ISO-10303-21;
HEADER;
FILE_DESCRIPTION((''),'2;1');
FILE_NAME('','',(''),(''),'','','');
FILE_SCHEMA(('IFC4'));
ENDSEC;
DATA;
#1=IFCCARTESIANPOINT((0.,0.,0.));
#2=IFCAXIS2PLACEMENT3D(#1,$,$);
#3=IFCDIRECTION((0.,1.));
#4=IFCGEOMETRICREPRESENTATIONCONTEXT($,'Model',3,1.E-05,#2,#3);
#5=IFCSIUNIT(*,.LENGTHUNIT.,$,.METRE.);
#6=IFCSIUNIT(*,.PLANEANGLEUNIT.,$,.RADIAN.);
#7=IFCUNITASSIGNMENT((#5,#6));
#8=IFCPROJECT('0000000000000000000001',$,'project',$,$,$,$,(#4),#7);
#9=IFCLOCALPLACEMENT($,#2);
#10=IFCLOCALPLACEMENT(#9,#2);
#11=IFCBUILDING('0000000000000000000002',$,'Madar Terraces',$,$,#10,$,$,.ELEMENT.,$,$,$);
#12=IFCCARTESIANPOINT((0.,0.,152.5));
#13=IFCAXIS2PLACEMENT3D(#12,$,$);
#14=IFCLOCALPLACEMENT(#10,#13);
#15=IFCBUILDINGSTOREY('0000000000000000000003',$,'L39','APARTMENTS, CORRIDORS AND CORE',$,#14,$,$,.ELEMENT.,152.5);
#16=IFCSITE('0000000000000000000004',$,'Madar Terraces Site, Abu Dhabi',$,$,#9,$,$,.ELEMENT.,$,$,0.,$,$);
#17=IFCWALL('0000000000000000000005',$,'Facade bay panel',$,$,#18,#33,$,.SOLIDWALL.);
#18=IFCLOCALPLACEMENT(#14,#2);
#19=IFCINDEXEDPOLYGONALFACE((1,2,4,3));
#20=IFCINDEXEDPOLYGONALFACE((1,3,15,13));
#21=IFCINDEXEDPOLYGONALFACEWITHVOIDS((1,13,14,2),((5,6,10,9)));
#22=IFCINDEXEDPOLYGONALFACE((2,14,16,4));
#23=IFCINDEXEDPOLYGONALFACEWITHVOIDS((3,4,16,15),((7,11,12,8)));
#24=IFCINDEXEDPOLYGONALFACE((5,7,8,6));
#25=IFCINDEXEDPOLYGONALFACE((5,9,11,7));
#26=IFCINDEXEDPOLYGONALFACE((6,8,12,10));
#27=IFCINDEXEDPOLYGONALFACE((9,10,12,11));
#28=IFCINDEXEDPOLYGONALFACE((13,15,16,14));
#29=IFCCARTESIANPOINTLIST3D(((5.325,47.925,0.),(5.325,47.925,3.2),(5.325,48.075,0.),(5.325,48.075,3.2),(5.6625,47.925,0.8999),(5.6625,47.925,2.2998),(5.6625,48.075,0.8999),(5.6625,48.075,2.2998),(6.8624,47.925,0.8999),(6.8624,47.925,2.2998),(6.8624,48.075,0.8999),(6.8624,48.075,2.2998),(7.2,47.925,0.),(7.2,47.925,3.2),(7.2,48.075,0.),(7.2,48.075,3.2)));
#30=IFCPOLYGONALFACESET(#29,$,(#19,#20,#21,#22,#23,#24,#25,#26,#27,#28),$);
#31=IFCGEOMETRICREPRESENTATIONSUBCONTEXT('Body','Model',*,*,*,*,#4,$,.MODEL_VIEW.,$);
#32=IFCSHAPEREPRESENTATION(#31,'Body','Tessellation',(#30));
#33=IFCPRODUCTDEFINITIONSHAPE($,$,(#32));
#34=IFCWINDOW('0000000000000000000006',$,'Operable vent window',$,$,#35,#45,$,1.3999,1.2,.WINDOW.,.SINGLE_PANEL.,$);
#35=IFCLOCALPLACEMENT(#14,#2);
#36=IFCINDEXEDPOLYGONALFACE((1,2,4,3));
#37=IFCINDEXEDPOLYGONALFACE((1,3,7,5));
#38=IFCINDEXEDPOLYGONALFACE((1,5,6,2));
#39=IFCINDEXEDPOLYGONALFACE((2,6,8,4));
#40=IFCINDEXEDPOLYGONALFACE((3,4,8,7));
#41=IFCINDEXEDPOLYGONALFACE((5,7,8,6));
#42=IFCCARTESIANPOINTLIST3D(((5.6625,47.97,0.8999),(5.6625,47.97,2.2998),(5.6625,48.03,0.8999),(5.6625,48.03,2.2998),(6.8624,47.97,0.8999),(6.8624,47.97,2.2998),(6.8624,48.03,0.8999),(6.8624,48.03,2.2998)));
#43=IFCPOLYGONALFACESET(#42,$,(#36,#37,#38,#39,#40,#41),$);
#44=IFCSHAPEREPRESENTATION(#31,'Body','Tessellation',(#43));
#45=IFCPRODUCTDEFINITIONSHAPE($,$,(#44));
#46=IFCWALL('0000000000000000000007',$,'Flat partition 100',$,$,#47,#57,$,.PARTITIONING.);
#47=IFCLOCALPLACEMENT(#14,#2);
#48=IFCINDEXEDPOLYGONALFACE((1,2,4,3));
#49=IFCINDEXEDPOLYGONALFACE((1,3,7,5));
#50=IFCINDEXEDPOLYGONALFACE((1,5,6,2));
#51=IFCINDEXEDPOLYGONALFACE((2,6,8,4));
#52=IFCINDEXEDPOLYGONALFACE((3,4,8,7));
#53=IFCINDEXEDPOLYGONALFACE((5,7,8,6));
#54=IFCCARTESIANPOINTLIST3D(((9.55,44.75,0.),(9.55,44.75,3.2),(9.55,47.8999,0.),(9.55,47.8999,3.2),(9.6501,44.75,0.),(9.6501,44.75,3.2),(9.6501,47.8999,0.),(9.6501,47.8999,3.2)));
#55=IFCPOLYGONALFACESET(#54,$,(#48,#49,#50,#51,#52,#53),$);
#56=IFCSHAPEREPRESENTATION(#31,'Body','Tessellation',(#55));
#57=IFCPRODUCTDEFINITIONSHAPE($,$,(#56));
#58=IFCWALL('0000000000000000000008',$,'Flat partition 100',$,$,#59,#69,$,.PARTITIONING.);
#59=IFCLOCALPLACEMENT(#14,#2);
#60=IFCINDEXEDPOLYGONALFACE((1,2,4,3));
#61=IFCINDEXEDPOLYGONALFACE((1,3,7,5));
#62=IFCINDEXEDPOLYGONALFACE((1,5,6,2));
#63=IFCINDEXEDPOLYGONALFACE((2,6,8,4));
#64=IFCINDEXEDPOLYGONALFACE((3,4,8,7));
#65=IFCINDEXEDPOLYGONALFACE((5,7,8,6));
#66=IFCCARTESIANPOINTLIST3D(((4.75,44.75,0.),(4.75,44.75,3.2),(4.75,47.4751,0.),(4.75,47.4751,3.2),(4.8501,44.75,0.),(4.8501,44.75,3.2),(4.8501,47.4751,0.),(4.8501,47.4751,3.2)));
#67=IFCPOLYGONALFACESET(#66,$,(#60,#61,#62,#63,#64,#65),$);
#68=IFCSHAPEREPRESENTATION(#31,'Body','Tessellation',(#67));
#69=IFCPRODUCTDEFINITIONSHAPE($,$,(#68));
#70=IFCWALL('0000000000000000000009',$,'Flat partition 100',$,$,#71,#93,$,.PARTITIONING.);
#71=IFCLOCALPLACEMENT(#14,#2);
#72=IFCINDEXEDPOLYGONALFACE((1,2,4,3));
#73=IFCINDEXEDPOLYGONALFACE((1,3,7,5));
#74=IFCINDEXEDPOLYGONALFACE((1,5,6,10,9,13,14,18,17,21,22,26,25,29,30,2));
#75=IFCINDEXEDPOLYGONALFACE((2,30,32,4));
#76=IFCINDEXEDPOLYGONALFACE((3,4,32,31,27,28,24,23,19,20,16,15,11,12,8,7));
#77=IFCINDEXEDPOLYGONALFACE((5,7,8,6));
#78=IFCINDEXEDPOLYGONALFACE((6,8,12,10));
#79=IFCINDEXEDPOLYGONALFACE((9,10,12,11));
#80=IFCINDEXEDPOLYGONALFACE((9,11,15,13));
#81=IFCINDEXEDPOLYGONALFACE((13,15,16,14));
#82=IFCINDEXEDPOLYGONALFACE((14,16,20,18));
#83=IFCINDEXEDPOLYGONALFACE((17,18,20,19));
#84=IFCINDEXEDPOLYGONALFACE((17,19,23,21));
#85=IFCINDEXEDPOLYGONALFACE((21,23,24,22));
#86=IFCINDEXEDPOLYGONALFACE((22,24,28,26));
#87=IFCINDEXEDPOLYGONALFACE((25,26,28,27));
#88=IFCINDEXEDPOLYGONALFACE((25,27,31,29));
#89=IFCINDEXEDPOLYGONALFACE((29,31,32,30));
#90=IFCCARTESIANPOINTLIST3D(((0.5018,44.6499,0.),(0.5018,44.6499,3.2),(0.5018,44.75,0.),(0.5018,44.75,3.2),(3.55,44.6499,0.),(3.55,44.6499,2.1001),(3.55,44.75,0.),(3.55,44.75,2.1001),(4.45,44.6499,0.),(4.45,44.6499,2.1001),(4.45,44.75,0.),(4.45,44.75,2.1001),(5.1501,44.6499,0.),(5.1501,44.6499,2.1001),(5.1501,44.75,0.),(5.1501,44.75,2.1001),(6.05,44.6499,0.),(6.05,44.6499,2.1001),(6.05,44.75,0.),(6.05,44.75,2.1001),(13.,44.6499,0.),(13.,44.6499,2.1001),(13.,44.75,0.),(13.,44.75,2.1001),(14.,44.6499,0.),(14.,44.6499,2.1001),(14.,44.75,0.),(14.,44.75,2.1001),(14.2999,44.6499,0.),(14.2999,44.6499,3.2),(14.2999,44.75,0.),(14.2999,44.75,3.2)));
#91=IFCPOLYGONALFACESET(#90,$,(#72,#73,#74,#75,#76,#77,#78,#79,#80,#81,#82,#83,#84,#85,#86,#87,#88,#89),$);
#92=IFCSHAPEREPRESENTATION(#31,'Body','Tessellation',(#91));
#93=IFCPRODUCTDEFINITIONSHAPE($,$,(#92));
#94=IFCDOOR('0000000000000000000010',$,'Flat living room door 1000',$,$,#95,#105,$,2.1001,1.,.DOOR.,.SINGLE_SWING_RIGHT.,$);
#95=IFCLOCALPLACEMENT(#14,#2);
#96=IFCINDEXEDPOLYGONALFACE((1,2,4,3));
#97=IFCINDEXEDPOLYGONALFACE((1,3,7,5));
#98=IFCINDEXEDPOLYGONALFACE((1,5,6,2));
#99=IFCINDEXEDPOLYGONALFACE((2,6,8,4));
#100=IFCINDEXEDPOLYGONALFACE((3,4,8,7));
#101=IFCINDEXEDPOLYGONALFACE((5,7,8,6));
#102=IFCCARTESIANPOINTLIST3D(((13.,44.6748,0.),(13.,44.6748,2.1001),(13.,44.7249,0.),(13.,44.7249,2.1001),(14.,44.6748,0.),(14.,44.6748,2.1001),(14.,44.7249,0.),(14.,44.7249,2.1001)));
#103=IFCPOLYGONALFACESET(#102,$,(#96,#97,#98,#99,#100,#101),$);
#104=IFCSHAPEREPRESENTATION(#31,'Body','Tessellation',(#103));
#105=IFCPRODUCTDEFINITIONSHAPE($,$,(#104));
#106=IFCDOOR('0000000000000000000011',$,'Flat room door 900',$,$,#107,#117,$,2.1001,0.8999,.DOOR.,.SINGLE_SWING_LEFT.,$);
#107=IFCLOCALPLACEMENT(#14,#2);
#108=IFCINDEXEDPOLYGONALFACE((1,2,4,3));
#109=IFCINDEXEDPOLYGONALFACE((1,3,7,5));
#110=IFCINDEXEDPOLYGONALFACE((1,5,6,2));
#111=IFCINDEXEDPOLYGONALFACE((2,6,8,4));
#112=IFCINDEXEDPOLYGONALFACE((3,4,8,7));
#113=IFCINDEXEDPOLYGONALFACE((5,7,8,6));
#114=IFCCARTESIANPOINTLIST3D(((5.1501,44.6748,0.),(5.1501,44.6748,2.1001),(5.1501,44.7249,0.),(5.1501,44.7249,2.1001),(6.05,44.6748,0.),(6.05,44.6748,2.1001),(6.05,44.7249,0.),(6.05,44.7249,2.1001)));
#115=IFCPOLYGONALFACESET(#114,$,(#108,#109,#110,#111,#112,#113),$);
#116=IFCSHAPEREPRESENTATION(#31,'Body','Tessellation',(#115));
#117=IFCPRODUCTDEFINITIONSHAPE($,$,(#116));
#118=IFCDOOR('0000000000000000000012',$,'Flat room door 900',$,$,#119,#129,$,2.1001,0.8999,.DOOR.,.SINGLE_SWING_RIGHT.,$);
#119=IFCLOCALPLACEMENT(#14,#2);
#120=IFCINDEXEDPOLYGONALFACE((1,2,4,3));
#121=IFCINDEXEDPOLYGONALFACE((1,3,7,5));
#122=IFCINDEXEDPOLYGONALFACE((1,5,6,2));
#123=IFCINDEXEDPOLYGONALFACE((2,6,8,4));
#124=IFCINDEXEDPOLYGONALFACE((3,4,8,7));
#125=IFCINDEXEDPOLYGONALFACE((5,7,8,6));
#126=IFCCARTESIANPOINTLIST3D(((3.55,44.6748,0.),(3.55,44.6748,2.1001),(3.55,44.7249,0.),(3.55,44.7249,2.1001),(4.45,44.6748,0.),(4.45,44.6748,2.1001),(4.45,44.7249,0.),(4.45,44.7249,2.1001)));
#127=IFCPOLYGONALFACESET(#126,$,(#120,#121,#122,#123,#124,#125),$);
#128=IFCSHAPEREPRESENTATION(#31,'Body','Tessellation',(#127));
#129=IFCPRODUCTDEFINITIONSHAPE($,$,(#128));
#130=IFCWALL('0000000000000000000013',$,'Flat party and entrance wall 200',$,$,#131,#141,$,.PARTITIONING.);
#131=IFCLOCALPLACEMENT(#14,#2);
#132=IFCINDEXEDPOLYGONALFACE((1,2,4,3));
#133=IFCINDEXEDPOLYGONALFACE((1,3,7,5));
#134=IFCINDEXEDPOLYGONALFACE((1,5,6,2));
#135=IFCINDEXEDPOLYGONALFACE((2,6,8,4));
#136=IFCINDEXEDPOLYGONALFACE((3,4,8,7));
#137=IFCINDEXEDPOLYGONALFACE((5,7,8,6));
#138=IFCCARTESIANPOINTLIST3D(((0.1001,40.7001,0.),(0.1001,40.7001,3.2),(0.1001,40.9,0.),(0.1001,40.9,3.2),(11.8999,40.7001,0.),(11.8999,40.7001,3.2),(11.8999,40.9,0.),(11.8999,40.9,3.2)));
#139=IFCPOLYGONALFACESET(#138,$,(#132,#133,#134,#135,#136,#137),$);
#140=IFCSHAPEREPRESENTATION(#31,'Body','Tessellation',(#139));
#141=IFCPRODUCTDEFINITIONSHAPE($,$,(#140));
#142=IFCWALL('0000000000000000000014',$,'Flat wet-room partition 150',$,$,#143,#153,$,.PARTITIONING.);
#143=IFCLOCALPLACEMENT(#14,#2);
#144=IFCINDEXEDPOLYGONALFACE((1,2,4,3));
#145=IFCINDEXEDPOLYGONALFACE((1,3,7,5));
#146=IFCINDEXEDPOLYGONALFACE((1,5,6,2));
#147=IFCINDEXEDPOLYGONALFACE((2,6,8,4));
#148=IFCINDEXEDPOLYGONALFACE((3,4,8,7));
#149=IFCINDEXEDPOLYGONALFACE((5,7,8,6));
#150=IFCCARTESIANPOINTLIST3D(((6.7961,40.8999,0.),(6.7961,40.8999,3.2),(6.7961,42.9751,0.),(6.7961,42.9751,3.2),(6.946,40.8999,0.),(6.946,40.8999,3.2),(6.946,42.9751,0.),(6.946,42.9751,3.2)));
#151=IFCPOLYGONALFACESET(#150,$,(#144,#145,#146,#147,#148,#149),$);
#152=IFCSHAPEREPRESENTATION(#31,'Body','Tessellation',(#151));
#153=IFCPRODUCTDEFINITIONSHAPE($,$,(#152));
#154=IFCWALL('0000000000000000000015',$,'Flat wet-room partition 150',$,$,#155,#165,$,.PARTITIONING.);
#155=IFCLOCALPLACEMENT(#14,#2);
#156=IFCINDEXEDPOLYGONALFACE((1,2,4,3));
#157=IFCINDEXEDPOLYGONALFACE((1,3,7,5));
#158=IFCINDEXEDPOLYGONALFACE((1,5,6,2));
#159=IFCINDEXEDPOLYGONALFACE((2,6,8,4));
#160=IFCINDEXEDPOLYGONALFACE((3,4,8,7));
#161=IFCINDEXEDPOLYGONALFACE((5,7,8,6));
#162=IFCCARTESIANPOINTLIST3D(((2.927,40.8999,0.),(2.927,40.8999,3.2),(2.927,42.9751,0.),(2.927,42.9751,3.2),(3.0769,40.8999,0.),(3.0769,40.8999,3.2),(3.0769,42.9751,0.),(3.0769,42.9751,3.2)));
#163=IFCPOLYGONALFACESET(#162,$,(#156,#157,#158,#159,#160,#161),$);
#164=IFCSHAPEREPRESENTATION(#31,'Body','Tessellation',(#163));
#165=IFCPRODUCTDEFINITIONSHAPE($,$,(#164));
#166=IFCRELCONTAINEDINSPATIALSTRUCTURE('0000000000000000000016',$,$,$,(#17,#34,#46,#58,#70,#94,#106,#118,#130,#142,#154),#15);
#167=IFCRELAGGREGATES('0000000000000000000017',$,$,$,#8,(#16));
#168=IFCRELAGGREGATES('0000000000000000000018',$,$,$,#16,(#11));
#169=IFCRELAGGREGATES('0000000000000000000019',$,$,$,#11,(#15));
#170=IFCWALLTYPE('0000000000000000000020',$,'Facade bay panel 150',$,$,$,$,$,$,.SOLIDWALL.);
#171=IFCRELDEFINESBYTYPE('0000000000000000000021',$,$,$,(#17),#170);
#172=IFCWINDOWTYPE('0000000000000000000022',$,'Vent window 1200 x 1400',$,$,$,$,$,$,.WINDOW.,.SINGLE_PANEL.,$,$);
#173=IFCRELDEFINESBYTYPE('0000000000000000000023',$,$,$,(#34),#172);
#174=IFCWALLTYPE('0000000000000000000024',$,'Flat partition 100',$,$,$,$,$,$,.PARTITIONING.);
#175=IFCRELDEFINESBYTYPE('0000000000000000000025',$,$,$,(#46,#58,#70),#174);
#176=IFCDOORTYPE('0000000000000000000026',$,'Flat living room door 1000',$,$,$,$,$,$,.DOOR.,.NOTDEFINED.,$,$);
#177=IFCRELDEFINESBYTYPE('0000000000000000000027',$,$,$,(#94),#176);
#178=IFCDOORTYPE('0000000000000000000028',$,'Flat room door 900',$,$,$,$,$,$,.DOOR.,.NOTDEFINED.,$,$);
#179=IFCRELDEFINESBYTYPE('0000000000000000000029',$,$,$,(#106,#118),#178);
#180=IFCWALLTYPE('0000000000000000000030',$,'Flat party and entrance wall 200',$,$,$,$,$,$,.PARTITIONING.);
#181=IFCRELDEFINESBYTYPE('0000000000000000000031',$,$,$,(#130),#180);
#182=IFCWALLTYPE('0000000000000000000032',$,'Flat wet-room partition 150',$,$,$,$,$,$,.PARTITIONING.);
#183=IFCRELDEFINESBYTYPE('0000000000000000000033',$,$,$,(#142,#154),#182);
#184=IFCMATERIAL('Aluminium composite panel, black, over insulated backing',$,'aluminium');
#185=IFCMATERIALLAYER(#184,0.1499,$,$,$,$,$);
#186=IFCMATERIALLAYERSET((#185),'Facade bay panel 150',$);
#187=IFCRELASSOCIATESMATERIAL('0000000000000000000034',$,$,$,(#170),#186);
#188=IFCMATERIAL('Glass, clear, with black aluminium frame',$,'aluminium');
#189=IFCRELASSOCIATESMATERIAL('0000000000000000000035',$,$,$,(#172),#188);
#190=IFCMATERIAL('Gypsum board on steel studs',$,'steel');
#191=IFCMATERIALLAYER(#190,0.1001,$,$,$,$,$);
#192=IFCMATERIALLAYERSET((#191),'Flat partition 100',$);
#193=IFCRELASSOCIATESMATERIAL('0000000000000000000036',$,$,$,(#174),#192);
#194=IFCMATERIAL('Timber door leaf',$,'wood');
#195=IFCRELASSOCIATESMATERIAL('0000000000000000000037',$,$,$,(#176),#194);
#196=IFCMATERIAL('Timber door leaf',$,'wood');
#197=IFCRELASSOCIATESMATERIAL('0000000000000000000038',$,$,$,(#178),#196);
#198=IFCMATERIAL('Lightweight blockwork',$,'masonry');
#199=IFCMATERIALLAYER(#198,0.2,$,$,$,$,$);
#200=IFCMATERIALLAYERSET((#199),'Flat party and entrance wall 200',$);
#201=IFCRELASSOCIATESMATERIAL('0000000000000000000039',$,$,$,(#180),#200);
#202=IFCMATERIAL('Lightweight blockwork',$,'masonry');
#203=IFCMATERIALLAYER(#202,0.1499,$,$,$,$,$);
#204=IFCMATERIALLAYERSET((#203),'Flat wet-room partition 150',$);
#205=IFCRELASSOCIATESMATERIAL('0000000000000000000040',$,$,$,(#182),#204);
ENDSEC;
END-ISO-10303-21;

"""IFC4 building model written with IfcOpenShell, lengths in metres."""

from ifc_helpers import new_model, si_unit, direction, frame, frame_2d, origin, place, context, subcontext, project, spatial, rectangle, extrude, material, layer, layer_set, type_object, element, fill, save


model = new_model("IFC4")

# Units and contexts
model_context = context("Model", 3, precision=1e-05, world=origin(), true_north=direction((0.0, 1.0)))
body_context = subcontext(model_context, "Body", "Model", "MODEL_VIEW")
ifc_project = project(units=[si_unit("LENGTHUNIT", "METRE"), si_unit("PLANEANGLEUNIT", "RADIAN")], contexts=[model_context])

# Site, building, storey
site_placement = place(None, origin())
site = spatial("IfcSite", under=ifc_project, at=site_placement, Name="Madar Terraces Site, Abu Dhabi", CompositionType="ELEMENT", RefElevation=0.0)
building_placement = place(site_placement, origin())
building = spatial("IfcBuilding", under=site, at=building_placement, Name="Madar Terraces", CompositionType="ELEMENT")
storey_placement = place(building_placement, frame((0.0, 0.0, 152.5)))
storey = spatial("IfcBuildingStorey", under=building, at=storey_placement, Name="L39", Description="APARTMENTS, CORRIDORS AND CORE", CompositionType="ELEMENT", Elevation=152.5)

# Wall, opening, window
ifc_material_1 = material(Name="Aluminium composite panel, black, over insulated backing", Category="aluminium")
ifc_layer_1 = layer(ifc_material_1, 0.1499)
ifc_layer_set_1 = layer_set([ifc_layer_1], Name="Facade bay panel 150")
wall_type_1 = type_object("IfcWallType", Name="Facade bay panel 150", PredefinedType="SOLIDWALL", material=ifc_layer_set_1)
wall_1_placement = place(storey_placement, frame((7.2, 48.0, 0.0), z_axis=(0.0, 0.0, 1.0), x_axis=(-1.0, 0.0, 0.0)))
wall_1 = element("IfcWall", 1, at=wall_1_placement, inside=storey, type_object=wall_type_1, Name="Facade bay panel", PredefinedType="SOLIDWALL", context=body_context, shape_type="SweptSolid", body=[
    extrude(rectangle(XDim=1.875, YDim=0.1499, at=frame_2d((0.9375, 0.0))), origin(), (0.0, 0.0, 1.0), 3.2),
])
opening_1_placement = place(wall_1_placement, frame((0.3374, 0.0, 0.8999)))
opening_1 = element("IfcOpeningElement", 2, at=opening_1_placement, cuts=wall_1, PredefinedType="OPENING", context=body_context, shape_type="SweptSolid", body=[
    extrude(rectangle(XDim=1.2, YDim=1.3999, at=frame_2d((0.6001, 0.7))), frame((0.0, 0.085, 0.0), z_axis=(0.0, -1.0, 0.0), x_axis=(1.0, 0.0, 0.0)), (0.0, 0.0, 1.0), 0.1699),
])
ifc_material_2 = material(Name="Glass, clear, with black aluminium frame", Category="aluminium")
window_type = type_object("IfcWindowType", Name="Vent window 1200 x 1400", PartitioningType="SINGLE_PANEL", PredefinedType="WINDOW", material=ifc_material_2)
window_placement = place(opening_1_placement, origin())
window = element("IfcWindow", 3, at=window_placement, inside=storey, type_object=window_type, Name="Operable vent window", OverallHeight=1.3999, OverallWidth=1.2, PartitioningType="SINGLE_PANEL", PredefinedType="WINDOW", context=body_context, shape_type="SweptSolid", body=[
    extrude(rectangle(XDim=1.2, YDim=1.3999, at=frame_2d((0.6001, 0.7))), frame((0.0, 0.03, 0.0), z_axis=(0.0, -1.0, 0.0), x_axis=(1.0, 0.0, 0.0)), (0.0, 0.0, 1.0), 0.0601),
])
fill(opening_1, window)

# Walls
ifc_material_3 = material(Name="Gypsum board on steel studs", Category="steel")
ifc_layer_2 = layer(ifc_material_3, 0.1001)
ifc_layer_set_2 = layer_set([ifc_layer_2], Name="Flat partition 100")
wall_type_2 = type_object("IfcWallType", Name="Flat partition 100", PredefinedType="PARTITIONING", material=ifc_layer_set_2)
wall_2_placement = place(storey_placement, frame((9.6001, 44.75, 0.0), z_axis=(0.0, 0.0, 1.0), x_axis=(0.0, 1.0, 0.0)))
element("IfcWall", 4, at=wall_2_placement, inside=storey, type_object=wall_type_2, Name="Flat partition 100", PredefinedType="PARTITIONING", context=body_context, shape_type="SweptSolid", body=[
    extrude(rectangle(XDim=3.1499, YDim=0.1001, at=frame_2d((1.575, 0.0))), origin(), (0.0, 0.0, 1.0), 3.2),
])
wall_3_placement = place(storey_placement, frame((4.8, 44.75, 0.0), z_axis=(0.0, 0.0, 1.0), x_axis=(0.0, 1.0, 0.0)))
element("IfcWall", 5, at=wall_3_placement, inside=storey, type_object=wall_type_2, Name="Flat partition 100", PredefinedType="PARTITIONING", context=body_context, shape_type="SweptSolid", body=[
    extrude(rectangle(XDim=2.7251, YDim=0.1001, at=frame_2d((1.3625, 0.0))), origin(), (0.0, 0.0, 1.0), 3.2),
])

# Wall, openings, doors
wall_4_placement = place(storey_placement, frame((0.502, 44.7, 0.0), z_axis=(0.0, 0.0, 1.0), x_axis=(1.0, 0.0, 0.0)))
wall_4 = element("IfcWall", 6, at=wall_4_placement, inside=storey, type_object=wall_type_2, Name="Flat partition 100", PredefinedType="PARTITIONING", context=body_context, shape_type="SweptSolid", body=[
    extrude(rectangle(XDim=13.7981, YDim=0.1001, at=frame_2d((6.8989, 0.0))), origin(), (0.0, 0.0, 1.0), 3.2),
])
opening_2_placement = place(wall_4_placement, frame((12.498, 0.0, 0.0)))
opening_2 = element("IfcOpeningElement", 7, at=opening_2_placement, cuts=wall_4, PredefinedType="OPENING", context=body_context, shape_type="SweptSolid", body=[
    extrude(rectangle(XDim=1.0, YDim=2.1001, at=frame_2d((0.5, 1.05))), frame((0.0, 0.0601, 0.0), z_axis=(0.0, -1.0, 0.0), x_axis=(1.0, 0.0, 0.0)), (0.0, 0.0, 1.0), 0.1201),
])
opening_3_placement = place(wall_4_placement, frame((4.6482, 0.0, 0.0)))
opening_3 = element("IfcOpeningElement", 8, at=opening_3_placement, cuts=wall_4, PredefinedType="OPENING", context=body_context, shape_type="SweptSolid", body=[
    extrude(rectangle(XDim=0.8999, YDim=2.1001, at=frame_2d((0.45, 1.05))), frame((0.0, 0.0601, 0.0), z_axis=(0.0, -1.0, 0.0), x_axis=(1.0, 0.0, 0.0)), (0.0, 0.0, 1.0), 0.1201),
])
opening_4_placement = place(wall_4_placement, frame((3.0481, 0.0, 0.0)))
opening_4 = element("IfcOpeningElement", 9, at=opening_4_placement, cuts=wall_4, PredefinedType="OPENING", context=body_context, shape_type="SweptSolid", body=[
    extrude(rectangle(XDim=0.8999, YDim=2.1001, at=frame_2d((0.45, 1.05))), frame((0.0, 0.0601, 0.0), z_axis=(0.0, -1.0, 0.0), x_axis=(1.0, 0.0, 0.0)), (0.0, 0.0, 1.0), 0.1201),
])
ifc_material_4 = material(Name="Timber door leaf", Category="wood")
door_type_1 = type_object("IfcDoorType", Name="Flat living room door 1000", OperationType="NOTDEFINED", PredefinedType="DOOR", material=ifc_material_4)
door_1_placement = place(opening_2_placement, origin())
door_1 = element("IfcDoor", 10, at=door_1_placement, inside=storey, type_object=door_type_1, Name="Flat living room door 1000", OperationType="SINGLE_SWING_RIGHT", OverallHeight=2.1001, OverallWidth=1.0, PredefinedType="DOOR", context=body_context, shape_type="SweptSolid", body=[
    extrude(rectangle(XDim=1.0, YDim=2.1001, at=frame_2d((0.5, 1.05))), frame((0.0, 0.0249, 0.0), z_axis=(0.0, -1.0, 0.0), x_axis=(1.0, 0.0, 0.0)), (0.0, 0.0, 1.0), 0.05),
])
fill(opening_2, door_1)
ifc_material_5 = material(Name="Timber door leaf", Category="wood")
door_type_2 = type_object("IfcDoorType", Name="Flat room door 900", OperationType="NOTDEFINED", PredefinedType="DOOR", material=ifc_material_5)
door_2_placement = place(opening_3_placement, origin())
door_2 = element("IfcDoor", 11, at=door_2_placement, inside=storey, type_object=door_type_2, Name="Flat room door 900", OperationType="SINGLE_SWING_LEFT", OverallHeight=2.1001, OverallWidth=0.8999, PredefinedType="DOOR", context=body_context, shape_type="SweptSolid", body=[
    extrude(rectangle(XDim=0.8999, YDim=2.1001, at=frame_2d((0.45, 1.05))), frame((0.0, 0.0249, 0.0), z_axis=(0.0, -1.0, 0.0), x_axis=(1.0, 0.0, 0.0)), (0.0, 0.0, 1.0), 0.05),
])
fill(opening_3, door_2)
door_3_placement = place(opening_4_placement, origin())
door_3 = element("IfcDoor", 12, at=door_3_placement, inside=storey, type_object=door_type_2, Name="Flat room door 900", OperationType="SINGLE_SWING_RIGHT", OverallHeight=2.1001, OverallWidth=0.8999, PredefinedType="DOOR", context=body_context, shape_type="SweptSolid", body=[
    extrude(rectangle(XDim=0.8999, YDim=2.1001, at=frame_2d((0.45, 1.05))), frame((0.0, 0.0249, 0.0), z_axis=(0.0, -1.0, 0.0), x_axis=(1.0, 0.0, 0.0)), (0.0, 0.0, 1.0), 0.05),
])
fill(opening_4, door_3)

# Walls
ifc_material_6 = material(Name="Lightweight blockwork", Category="masonry")
ifc_layer_3 = layer(ifc_material_6, 0.2)
ifc_layer_set_3 = layer_set([ifc_layer_3], Name="Flat party and entrance wall 200")
wall_type_3 = type_object("IfcWallType", Name="Flat party and entrance wall 200", PredefinedType="PARTITIONING", material=ifc_layer_set_3)
wall_5_placement = place(storey_placement, frame((0.1001, 40.8, 0.0), z_axis=(0.0, 0.0, 1.0), x_axis=(1.0, 0.0, 0.0)))
element("IfcWall", 13, at=wall_5_placement, inside=storey, type_object=wall_type_3, Name="Flat party and entrance wall 200", PredefinedType="PARTITIONING", context=body_context, shape_type="SweptSolid", body=[
    extrude(rectangle(XDim=11.7998, YDim=0.2, at=frame_2d((5.8999, 0.0))), origin(), (0.0, 0.0, 1.0), 3.2),
])
ifc_material_7 = material(Name="Lightweight blockwork", Category="masonry")
ifc_layer_4 = layer(ifc_material_7, 0.1499)
ifc_layer_set_4 = layer_set([ifc_layer_4], Name="Flat wet-room partition 150")
wall_type_4 = type_object("IfcWallType", Name="Flat wet-room partition 150", PredefinedType="PARTITIONING", material=ifc_layer_set_4)
for number, where, z_axis, x_axis, name in (
    (14, (6.8711, 40.8999, 0.0), (0.0, 0.0, 1.0), (0.0, 1.0, 0.0), "Flat wet-room partition 150"),
    (15, (3.002, 40.8999, 0.0), (0.0, 0.0, 1.0), (0.0, 1.0, 0.0), "Flat wet-room partition 150"),
):
    element("IfcWall", number, at=place(storey_placement, frame(where, z_axis=z_axis, x_axis=x_axis)), inside=storey, type_object=wall_type_4, Name=name, PredefinedType="PARTITIONING", context=body_context, shape_type="SweptSolid", body=[
        extrude(rectangle(XDim=2.0752, YDim=0.1499, at=frame_2d((1.0376, 0.0))), origin(), (0.0, 0.0, 1.0), 3.2),
    ])

save(model, "model.ifc")
